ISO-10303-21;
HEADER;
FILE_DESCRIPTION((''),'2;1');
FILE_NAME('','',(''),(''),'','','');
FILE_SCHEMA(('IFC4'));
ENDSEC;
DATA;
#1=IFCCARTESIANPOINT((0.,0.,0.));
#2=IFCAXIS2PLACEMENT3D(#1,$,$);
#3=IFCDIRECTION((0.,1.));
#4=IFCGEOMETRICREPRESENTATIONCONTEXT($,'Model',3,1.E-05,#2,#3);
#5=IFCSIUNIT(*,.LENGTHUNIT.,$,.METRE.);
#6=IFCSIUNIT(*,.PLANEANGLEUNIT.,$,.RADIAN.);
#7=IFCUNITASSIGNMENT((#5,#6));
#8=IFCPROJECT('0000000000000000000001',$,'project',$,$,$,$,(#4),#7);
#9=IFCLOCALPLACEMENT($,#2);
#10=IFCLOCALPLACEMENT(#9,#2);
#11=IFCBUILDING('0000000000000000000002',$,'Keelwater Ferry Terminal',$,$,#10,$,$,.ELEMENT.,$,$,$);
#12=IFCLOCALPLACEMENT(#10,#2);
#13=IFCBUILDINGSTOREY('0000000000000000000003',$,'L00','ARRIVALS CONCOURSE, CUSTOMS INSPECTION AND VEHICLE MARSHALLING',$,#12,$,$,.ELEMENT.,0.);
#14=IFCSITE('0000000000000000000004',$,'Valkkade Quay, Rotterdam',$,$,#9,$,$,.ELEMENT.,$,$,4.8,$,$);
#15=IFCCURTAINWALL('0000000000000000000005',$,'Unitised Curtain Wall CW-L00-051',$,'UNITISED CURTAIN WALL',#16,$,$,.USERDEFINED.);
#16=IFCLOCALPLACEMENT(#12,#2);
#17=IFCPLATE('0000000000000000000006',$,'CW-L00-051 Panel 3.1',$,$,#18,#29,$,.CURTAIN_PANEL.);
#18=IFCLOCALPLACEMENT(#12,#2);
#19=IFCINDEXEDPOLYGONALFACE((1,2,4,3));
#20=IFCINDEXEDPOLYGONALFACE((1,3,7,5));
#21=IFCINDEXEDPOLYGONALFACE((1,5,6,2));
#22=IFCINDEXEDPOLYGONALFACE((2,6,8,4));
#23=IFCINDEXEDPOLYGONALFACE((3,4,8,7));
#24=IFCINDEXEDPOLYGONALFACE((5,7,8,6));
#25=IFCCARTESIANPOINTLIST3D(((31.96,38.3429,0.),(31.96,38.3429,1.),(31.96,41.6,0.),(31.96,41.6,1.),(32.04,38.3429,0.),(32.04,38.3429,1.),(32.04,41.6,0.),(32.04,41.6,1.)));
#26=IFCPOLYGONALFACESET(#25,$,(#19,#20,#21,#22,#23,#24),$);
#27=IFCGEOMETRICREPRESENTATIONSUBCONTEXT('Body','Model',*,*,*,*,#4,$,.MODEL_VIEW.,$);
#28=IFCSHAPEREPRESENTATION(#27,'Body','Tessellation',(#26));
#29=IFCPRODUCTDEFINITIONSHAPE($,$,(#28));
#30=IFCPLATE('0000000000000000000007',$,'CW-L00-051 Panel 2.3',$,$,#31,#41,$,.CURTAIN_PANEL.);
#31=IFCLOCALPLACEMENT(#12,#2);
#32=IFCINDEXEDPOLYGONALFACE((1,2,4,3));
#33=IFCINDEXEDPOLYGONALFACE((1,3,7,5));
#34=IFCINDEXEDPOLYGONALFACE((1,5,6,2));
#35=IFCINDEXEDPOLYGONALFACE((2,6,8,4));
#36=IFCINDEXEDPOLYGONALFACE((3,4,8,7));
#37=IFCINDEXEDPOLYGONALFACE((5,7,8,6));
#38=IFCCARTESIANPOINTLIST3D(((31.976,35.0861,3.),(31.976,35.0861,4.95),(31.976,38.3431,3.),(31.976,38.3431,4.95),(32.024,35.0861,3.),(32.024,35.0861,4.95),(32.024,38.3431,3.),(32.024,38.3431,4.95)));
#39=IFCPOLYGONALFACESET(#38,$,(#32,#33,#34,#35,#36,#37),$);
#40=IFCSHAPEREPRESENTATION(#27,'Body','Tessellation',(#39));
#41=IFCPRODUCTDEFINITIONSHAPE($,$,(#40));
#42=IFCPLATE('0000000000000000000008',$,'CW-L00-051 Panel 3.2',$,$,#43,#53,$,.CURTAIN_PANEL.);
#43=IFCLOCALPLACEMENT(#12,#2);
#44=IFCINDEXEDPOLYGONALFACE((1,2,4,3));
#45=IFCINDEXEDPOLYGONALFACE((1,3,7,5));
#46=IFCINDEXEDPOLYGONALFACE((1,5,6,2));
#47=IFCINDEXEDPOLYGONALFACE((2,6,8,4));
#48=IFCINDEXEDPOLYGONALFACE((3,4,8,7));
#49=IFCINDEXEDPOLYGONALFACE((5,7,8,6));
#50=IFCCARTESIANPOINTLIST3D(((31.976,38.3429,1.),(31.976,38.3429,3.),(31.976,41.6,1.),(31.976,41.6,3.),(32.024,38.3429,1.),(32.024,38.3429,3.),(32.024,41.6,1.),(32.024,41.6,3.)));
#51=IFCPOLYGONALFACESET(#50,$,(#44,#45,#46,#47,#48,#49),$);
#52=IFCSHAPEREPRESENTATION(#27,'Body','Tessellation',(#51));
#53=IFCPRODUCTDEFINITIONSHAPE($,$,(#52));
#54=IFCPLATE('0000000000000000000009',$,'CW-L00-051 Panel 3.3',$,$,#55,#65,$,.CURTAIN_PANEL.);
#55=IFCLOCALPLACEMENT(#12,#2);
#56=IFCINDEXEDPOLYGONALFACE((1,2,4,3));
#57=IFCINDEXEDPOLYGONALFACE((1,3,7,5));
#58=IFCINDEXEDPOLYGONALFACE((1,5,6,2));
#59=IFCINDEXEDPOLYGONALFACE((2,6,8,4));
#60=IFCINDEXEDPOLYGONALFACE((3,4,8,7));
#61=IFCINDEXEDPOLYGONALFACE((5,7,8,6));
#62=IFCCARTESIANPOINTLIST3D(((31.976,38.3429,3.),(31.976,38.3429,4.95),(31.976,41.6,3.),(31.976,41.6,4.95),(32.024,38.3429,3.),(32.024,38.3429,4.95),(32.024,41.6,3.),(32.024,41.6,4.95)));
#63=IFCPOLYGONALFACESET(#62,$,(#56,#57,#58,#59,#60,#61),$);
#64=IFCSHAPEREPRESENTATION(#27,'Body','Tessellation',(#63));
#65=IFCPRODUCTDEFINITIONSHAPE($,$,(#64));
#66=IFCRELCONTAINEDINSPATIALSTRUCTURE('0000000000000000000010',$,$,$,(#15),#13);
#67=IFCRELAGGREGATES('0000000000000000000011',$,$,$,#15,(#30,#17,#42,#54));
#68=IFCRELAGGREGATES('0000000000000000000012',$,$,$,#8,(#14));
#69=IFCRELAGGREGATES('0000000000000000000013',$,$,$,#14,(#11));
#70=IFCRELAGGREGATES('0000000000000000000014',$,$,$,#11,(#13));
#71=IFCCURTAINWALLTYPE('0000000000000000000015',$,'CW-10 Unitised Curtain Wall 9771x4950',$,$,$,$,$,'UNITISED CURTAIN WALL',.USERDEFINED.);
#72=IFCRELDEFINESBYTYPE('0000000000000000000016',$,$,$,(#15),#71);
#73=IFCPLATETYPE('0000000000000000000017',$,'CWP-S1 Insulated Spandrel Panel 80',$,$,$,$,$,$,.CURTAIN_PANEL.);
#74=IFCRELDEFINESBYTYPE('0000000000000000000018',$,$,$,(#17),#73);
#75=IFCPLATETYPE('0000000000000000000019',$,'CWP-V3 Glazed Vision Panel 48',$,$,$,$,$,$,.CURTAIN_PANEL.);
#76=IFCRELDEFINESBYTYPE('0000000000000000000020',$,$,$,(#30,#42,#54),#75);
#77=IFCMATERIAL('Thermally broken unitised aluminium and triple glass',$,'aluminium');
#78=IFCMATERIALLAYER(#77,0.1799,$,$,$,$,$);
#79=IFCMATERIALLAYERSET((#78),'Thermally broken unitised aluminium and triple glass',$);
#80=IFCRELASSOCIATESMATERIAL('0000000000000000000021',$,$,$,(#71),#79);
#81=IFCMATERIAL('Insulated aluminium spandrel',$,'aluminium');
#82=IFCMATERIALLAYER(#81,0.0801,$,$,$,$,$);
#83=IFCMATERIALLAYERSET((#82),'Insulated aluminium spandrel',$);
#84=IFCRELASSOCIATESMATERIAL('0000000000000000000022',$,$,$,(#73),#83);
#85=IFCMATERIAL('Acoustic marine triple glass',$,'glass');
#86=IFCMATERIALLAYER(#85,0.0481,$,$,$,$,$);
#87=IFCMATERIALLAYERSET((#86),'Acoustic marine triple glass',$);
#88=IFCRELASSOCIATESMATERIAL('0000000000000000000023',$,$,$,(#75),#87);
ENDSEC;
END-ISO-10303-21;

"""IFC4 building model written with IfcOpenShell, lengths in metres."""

from ifc_helpers import new_model, si_unit, direction, frame, origin, origin_2d, place, context, subcontext, project, spatial, rectangle, extrude, material, layer, layer_set, type_object, element, aggregate, save


model = new_model("IFC4")

# Units and contexts
model_context = context("Model", 3, precision=1e-05, world=origin(), true_north=direction((0.0, 1.0)))
body_context = subcontext(model_context, "Body", "Model", "MODEL_VIEW")
ifc_project = project(units=[si_unit("LENGTHUNIT", "METRE"), si_unit("PLANEANGLEUNIT", "RADIAN")], contexts=[model_context])

# Site, building, storey
site_placement = place(None, origin())
site = spatial("IfcSite", under=ifc_project, at=site_placement, Name="Valkkade Quay, Rotterdam", CompositionType="ELEMENT", RefElevation=4.8)
building_placement = place(site_placement, origin())
building = spatial("IfcBuilding", under=site, at=building_placement, Name="Keelwater Ferry Terminal", CompositionType="ELEMENT")
storey_placement = place(building_placement, origin())
storey = spatial("IfcBuildingStorey", under=building, at=storey_placement, Name="L00", Description="ARRIVALS CONCOURSE, CUSTOMS INSPECTION AND VEHICLE MARSHALLING", CompositionType="ELEMENT", Elevation=0.0)

# Curtain wall
ifc_material_1 = material(Name="Thermally broken unitised aluminium and triple glass", Category="aluminium")
ifc_layer_1 = layer(ifc_material_1, 0.1799)
ifc_layer_set_1 = layer_set([ifc_layer_1], Name="Thermally broken unitised aluminium and triple glass")
curtain_wall_type = type_object("IfcCurtainWallType", Name="CW-10 Unitised Curtain Wall 9771x4950", ElementType="UNITISED CURTAIN WALL", PredefinedType="USERDEFINED", material=ifc_layer_set_1)
curtain_wall_placement = place(storey_placement, origin())
curtain_wall = element("IfcCurtainWall", 1, at=curtain_wall_placement, inside=storey, type_object=curtain_wall_type, Name="Unitised Curtain Wall CW-L00-051", ObjectType="UNITISED CURTAIN WALL", PredefinedType="USERDEFINED")

# Plates
ifc_material_2 = material(Name="Insulated aluminium spandrel", Category="aluminium")
ifc_layer_2 = layer(ifc_material_2, 0.0801)
ifc_layer_set_2 = layer_set([ifc_layer_2], Name="Insulated aluminium spandrel")
plate_type_1 = type_object("IfcPlateType", Name="CWP-S1 Insulated Spandrel Panel 80", PredefinedType="CURTAIN_PANEL", material=ifc_layer_set_2)
plate_1_placement = place(storey_placement, frame((32.0, 39.9714, 0.0), z_axis=(0.0, 0.0, 1.0), x_axis=(0.0, 1.0, 0.0)))
plate_1 = element("IfcPlate", 2, at=plate_1_placement, type_object=plate_type_1, Name="CW-L00-051 Panel 3.1", PredefinedType="CURTAIN_PANEL", context=body_context, shape_type="SweptSolid", body=[
    extrude(rectangle(XDim=3.2571, YDim=0.0801, at=origin_2d()), origin(), (0.0, 0.0, 1.0), 1.0),
])
ifc_material_3 = material(Name="Acoustic marine triple glass", Category="glass")
ifc_layer_3 = layer(ifc_material_3, 0.0481)
ifc_layer_set_3 = layer_set([ifc_layer_3], Name="Acoustic marine triple glass")
plate_type_2 = type_object("IfcPlateType", Name="CWP-V3 Glazed Vision Panel 48", PredefinedType="CURTAIN_PANEL", material=ifc_layer_set_3)
plate_2_placement = place(storey_placement, frame((32.0, 36.7146, 3.0), z_axis=(0.0, 0.0, 1.0), x_axis=(0.0, 1.0, 0.0)))
plate_2 = element("IfcPlate", 3, at=plate_2_placement, type_object=plate_type_2, Name="CW-L00-051 Panel 2.3", PredefinedType="CURTAIN_PANEL", context=body_context, shape_type="SweptSolid", body=[
    extrude(rectangle(XDim=3.2571, YDim=0.0481, at=origin_2d()), origin(), (0.0, 0.0, 1.0), 1.95),
])
plate_3_placement = place(storey_placement, frame((32.0, 39.9714, 1.0), z_axis=(0.0, 0.0, 1.0), x_axis=(0.0, 1.0, 0.0)))
plate_3 = element("IfcPlate", 4, at=plate_3_placement, type_object=plate_type_2, Name="CW-L00-051 Panel 3.2", PredefinedType="CURTAIN_PANEL", context=body_context, shape_type="SweptSolid", body=[
    extrude(rectangle(XDim=3.2571, YDim=0.0481, at=origin_2d()), origin(), (0.0, 0.0, 1.0), 2.0),
])
plate_4_placement = place(storey_placement, frame((32.0, 39.9714, 3.0), z_axis=(0.0, 0.0, 1.0), x_axis=(0.0, 1.0, 0.0)))
plate_4 = element("IfcPlate", 5, at=plate_4_placement, type_object=plate_type_2, Name="CW-L00-051 Panel 3.3", PredefinedType="CURTAIN_PANEL", context=body_context, shape_type="SweptSolid", body=[
    extrude(rectangle(XDim=3.2571, YDim=0.0481, at=origin_2d()), origin(), (0.0, 0.0, 1.0), 1.95),
])
aggregate(curtain_wall, [plate_2, plate_1, plate_3, plate_4])

save(model, "model.ifc")
